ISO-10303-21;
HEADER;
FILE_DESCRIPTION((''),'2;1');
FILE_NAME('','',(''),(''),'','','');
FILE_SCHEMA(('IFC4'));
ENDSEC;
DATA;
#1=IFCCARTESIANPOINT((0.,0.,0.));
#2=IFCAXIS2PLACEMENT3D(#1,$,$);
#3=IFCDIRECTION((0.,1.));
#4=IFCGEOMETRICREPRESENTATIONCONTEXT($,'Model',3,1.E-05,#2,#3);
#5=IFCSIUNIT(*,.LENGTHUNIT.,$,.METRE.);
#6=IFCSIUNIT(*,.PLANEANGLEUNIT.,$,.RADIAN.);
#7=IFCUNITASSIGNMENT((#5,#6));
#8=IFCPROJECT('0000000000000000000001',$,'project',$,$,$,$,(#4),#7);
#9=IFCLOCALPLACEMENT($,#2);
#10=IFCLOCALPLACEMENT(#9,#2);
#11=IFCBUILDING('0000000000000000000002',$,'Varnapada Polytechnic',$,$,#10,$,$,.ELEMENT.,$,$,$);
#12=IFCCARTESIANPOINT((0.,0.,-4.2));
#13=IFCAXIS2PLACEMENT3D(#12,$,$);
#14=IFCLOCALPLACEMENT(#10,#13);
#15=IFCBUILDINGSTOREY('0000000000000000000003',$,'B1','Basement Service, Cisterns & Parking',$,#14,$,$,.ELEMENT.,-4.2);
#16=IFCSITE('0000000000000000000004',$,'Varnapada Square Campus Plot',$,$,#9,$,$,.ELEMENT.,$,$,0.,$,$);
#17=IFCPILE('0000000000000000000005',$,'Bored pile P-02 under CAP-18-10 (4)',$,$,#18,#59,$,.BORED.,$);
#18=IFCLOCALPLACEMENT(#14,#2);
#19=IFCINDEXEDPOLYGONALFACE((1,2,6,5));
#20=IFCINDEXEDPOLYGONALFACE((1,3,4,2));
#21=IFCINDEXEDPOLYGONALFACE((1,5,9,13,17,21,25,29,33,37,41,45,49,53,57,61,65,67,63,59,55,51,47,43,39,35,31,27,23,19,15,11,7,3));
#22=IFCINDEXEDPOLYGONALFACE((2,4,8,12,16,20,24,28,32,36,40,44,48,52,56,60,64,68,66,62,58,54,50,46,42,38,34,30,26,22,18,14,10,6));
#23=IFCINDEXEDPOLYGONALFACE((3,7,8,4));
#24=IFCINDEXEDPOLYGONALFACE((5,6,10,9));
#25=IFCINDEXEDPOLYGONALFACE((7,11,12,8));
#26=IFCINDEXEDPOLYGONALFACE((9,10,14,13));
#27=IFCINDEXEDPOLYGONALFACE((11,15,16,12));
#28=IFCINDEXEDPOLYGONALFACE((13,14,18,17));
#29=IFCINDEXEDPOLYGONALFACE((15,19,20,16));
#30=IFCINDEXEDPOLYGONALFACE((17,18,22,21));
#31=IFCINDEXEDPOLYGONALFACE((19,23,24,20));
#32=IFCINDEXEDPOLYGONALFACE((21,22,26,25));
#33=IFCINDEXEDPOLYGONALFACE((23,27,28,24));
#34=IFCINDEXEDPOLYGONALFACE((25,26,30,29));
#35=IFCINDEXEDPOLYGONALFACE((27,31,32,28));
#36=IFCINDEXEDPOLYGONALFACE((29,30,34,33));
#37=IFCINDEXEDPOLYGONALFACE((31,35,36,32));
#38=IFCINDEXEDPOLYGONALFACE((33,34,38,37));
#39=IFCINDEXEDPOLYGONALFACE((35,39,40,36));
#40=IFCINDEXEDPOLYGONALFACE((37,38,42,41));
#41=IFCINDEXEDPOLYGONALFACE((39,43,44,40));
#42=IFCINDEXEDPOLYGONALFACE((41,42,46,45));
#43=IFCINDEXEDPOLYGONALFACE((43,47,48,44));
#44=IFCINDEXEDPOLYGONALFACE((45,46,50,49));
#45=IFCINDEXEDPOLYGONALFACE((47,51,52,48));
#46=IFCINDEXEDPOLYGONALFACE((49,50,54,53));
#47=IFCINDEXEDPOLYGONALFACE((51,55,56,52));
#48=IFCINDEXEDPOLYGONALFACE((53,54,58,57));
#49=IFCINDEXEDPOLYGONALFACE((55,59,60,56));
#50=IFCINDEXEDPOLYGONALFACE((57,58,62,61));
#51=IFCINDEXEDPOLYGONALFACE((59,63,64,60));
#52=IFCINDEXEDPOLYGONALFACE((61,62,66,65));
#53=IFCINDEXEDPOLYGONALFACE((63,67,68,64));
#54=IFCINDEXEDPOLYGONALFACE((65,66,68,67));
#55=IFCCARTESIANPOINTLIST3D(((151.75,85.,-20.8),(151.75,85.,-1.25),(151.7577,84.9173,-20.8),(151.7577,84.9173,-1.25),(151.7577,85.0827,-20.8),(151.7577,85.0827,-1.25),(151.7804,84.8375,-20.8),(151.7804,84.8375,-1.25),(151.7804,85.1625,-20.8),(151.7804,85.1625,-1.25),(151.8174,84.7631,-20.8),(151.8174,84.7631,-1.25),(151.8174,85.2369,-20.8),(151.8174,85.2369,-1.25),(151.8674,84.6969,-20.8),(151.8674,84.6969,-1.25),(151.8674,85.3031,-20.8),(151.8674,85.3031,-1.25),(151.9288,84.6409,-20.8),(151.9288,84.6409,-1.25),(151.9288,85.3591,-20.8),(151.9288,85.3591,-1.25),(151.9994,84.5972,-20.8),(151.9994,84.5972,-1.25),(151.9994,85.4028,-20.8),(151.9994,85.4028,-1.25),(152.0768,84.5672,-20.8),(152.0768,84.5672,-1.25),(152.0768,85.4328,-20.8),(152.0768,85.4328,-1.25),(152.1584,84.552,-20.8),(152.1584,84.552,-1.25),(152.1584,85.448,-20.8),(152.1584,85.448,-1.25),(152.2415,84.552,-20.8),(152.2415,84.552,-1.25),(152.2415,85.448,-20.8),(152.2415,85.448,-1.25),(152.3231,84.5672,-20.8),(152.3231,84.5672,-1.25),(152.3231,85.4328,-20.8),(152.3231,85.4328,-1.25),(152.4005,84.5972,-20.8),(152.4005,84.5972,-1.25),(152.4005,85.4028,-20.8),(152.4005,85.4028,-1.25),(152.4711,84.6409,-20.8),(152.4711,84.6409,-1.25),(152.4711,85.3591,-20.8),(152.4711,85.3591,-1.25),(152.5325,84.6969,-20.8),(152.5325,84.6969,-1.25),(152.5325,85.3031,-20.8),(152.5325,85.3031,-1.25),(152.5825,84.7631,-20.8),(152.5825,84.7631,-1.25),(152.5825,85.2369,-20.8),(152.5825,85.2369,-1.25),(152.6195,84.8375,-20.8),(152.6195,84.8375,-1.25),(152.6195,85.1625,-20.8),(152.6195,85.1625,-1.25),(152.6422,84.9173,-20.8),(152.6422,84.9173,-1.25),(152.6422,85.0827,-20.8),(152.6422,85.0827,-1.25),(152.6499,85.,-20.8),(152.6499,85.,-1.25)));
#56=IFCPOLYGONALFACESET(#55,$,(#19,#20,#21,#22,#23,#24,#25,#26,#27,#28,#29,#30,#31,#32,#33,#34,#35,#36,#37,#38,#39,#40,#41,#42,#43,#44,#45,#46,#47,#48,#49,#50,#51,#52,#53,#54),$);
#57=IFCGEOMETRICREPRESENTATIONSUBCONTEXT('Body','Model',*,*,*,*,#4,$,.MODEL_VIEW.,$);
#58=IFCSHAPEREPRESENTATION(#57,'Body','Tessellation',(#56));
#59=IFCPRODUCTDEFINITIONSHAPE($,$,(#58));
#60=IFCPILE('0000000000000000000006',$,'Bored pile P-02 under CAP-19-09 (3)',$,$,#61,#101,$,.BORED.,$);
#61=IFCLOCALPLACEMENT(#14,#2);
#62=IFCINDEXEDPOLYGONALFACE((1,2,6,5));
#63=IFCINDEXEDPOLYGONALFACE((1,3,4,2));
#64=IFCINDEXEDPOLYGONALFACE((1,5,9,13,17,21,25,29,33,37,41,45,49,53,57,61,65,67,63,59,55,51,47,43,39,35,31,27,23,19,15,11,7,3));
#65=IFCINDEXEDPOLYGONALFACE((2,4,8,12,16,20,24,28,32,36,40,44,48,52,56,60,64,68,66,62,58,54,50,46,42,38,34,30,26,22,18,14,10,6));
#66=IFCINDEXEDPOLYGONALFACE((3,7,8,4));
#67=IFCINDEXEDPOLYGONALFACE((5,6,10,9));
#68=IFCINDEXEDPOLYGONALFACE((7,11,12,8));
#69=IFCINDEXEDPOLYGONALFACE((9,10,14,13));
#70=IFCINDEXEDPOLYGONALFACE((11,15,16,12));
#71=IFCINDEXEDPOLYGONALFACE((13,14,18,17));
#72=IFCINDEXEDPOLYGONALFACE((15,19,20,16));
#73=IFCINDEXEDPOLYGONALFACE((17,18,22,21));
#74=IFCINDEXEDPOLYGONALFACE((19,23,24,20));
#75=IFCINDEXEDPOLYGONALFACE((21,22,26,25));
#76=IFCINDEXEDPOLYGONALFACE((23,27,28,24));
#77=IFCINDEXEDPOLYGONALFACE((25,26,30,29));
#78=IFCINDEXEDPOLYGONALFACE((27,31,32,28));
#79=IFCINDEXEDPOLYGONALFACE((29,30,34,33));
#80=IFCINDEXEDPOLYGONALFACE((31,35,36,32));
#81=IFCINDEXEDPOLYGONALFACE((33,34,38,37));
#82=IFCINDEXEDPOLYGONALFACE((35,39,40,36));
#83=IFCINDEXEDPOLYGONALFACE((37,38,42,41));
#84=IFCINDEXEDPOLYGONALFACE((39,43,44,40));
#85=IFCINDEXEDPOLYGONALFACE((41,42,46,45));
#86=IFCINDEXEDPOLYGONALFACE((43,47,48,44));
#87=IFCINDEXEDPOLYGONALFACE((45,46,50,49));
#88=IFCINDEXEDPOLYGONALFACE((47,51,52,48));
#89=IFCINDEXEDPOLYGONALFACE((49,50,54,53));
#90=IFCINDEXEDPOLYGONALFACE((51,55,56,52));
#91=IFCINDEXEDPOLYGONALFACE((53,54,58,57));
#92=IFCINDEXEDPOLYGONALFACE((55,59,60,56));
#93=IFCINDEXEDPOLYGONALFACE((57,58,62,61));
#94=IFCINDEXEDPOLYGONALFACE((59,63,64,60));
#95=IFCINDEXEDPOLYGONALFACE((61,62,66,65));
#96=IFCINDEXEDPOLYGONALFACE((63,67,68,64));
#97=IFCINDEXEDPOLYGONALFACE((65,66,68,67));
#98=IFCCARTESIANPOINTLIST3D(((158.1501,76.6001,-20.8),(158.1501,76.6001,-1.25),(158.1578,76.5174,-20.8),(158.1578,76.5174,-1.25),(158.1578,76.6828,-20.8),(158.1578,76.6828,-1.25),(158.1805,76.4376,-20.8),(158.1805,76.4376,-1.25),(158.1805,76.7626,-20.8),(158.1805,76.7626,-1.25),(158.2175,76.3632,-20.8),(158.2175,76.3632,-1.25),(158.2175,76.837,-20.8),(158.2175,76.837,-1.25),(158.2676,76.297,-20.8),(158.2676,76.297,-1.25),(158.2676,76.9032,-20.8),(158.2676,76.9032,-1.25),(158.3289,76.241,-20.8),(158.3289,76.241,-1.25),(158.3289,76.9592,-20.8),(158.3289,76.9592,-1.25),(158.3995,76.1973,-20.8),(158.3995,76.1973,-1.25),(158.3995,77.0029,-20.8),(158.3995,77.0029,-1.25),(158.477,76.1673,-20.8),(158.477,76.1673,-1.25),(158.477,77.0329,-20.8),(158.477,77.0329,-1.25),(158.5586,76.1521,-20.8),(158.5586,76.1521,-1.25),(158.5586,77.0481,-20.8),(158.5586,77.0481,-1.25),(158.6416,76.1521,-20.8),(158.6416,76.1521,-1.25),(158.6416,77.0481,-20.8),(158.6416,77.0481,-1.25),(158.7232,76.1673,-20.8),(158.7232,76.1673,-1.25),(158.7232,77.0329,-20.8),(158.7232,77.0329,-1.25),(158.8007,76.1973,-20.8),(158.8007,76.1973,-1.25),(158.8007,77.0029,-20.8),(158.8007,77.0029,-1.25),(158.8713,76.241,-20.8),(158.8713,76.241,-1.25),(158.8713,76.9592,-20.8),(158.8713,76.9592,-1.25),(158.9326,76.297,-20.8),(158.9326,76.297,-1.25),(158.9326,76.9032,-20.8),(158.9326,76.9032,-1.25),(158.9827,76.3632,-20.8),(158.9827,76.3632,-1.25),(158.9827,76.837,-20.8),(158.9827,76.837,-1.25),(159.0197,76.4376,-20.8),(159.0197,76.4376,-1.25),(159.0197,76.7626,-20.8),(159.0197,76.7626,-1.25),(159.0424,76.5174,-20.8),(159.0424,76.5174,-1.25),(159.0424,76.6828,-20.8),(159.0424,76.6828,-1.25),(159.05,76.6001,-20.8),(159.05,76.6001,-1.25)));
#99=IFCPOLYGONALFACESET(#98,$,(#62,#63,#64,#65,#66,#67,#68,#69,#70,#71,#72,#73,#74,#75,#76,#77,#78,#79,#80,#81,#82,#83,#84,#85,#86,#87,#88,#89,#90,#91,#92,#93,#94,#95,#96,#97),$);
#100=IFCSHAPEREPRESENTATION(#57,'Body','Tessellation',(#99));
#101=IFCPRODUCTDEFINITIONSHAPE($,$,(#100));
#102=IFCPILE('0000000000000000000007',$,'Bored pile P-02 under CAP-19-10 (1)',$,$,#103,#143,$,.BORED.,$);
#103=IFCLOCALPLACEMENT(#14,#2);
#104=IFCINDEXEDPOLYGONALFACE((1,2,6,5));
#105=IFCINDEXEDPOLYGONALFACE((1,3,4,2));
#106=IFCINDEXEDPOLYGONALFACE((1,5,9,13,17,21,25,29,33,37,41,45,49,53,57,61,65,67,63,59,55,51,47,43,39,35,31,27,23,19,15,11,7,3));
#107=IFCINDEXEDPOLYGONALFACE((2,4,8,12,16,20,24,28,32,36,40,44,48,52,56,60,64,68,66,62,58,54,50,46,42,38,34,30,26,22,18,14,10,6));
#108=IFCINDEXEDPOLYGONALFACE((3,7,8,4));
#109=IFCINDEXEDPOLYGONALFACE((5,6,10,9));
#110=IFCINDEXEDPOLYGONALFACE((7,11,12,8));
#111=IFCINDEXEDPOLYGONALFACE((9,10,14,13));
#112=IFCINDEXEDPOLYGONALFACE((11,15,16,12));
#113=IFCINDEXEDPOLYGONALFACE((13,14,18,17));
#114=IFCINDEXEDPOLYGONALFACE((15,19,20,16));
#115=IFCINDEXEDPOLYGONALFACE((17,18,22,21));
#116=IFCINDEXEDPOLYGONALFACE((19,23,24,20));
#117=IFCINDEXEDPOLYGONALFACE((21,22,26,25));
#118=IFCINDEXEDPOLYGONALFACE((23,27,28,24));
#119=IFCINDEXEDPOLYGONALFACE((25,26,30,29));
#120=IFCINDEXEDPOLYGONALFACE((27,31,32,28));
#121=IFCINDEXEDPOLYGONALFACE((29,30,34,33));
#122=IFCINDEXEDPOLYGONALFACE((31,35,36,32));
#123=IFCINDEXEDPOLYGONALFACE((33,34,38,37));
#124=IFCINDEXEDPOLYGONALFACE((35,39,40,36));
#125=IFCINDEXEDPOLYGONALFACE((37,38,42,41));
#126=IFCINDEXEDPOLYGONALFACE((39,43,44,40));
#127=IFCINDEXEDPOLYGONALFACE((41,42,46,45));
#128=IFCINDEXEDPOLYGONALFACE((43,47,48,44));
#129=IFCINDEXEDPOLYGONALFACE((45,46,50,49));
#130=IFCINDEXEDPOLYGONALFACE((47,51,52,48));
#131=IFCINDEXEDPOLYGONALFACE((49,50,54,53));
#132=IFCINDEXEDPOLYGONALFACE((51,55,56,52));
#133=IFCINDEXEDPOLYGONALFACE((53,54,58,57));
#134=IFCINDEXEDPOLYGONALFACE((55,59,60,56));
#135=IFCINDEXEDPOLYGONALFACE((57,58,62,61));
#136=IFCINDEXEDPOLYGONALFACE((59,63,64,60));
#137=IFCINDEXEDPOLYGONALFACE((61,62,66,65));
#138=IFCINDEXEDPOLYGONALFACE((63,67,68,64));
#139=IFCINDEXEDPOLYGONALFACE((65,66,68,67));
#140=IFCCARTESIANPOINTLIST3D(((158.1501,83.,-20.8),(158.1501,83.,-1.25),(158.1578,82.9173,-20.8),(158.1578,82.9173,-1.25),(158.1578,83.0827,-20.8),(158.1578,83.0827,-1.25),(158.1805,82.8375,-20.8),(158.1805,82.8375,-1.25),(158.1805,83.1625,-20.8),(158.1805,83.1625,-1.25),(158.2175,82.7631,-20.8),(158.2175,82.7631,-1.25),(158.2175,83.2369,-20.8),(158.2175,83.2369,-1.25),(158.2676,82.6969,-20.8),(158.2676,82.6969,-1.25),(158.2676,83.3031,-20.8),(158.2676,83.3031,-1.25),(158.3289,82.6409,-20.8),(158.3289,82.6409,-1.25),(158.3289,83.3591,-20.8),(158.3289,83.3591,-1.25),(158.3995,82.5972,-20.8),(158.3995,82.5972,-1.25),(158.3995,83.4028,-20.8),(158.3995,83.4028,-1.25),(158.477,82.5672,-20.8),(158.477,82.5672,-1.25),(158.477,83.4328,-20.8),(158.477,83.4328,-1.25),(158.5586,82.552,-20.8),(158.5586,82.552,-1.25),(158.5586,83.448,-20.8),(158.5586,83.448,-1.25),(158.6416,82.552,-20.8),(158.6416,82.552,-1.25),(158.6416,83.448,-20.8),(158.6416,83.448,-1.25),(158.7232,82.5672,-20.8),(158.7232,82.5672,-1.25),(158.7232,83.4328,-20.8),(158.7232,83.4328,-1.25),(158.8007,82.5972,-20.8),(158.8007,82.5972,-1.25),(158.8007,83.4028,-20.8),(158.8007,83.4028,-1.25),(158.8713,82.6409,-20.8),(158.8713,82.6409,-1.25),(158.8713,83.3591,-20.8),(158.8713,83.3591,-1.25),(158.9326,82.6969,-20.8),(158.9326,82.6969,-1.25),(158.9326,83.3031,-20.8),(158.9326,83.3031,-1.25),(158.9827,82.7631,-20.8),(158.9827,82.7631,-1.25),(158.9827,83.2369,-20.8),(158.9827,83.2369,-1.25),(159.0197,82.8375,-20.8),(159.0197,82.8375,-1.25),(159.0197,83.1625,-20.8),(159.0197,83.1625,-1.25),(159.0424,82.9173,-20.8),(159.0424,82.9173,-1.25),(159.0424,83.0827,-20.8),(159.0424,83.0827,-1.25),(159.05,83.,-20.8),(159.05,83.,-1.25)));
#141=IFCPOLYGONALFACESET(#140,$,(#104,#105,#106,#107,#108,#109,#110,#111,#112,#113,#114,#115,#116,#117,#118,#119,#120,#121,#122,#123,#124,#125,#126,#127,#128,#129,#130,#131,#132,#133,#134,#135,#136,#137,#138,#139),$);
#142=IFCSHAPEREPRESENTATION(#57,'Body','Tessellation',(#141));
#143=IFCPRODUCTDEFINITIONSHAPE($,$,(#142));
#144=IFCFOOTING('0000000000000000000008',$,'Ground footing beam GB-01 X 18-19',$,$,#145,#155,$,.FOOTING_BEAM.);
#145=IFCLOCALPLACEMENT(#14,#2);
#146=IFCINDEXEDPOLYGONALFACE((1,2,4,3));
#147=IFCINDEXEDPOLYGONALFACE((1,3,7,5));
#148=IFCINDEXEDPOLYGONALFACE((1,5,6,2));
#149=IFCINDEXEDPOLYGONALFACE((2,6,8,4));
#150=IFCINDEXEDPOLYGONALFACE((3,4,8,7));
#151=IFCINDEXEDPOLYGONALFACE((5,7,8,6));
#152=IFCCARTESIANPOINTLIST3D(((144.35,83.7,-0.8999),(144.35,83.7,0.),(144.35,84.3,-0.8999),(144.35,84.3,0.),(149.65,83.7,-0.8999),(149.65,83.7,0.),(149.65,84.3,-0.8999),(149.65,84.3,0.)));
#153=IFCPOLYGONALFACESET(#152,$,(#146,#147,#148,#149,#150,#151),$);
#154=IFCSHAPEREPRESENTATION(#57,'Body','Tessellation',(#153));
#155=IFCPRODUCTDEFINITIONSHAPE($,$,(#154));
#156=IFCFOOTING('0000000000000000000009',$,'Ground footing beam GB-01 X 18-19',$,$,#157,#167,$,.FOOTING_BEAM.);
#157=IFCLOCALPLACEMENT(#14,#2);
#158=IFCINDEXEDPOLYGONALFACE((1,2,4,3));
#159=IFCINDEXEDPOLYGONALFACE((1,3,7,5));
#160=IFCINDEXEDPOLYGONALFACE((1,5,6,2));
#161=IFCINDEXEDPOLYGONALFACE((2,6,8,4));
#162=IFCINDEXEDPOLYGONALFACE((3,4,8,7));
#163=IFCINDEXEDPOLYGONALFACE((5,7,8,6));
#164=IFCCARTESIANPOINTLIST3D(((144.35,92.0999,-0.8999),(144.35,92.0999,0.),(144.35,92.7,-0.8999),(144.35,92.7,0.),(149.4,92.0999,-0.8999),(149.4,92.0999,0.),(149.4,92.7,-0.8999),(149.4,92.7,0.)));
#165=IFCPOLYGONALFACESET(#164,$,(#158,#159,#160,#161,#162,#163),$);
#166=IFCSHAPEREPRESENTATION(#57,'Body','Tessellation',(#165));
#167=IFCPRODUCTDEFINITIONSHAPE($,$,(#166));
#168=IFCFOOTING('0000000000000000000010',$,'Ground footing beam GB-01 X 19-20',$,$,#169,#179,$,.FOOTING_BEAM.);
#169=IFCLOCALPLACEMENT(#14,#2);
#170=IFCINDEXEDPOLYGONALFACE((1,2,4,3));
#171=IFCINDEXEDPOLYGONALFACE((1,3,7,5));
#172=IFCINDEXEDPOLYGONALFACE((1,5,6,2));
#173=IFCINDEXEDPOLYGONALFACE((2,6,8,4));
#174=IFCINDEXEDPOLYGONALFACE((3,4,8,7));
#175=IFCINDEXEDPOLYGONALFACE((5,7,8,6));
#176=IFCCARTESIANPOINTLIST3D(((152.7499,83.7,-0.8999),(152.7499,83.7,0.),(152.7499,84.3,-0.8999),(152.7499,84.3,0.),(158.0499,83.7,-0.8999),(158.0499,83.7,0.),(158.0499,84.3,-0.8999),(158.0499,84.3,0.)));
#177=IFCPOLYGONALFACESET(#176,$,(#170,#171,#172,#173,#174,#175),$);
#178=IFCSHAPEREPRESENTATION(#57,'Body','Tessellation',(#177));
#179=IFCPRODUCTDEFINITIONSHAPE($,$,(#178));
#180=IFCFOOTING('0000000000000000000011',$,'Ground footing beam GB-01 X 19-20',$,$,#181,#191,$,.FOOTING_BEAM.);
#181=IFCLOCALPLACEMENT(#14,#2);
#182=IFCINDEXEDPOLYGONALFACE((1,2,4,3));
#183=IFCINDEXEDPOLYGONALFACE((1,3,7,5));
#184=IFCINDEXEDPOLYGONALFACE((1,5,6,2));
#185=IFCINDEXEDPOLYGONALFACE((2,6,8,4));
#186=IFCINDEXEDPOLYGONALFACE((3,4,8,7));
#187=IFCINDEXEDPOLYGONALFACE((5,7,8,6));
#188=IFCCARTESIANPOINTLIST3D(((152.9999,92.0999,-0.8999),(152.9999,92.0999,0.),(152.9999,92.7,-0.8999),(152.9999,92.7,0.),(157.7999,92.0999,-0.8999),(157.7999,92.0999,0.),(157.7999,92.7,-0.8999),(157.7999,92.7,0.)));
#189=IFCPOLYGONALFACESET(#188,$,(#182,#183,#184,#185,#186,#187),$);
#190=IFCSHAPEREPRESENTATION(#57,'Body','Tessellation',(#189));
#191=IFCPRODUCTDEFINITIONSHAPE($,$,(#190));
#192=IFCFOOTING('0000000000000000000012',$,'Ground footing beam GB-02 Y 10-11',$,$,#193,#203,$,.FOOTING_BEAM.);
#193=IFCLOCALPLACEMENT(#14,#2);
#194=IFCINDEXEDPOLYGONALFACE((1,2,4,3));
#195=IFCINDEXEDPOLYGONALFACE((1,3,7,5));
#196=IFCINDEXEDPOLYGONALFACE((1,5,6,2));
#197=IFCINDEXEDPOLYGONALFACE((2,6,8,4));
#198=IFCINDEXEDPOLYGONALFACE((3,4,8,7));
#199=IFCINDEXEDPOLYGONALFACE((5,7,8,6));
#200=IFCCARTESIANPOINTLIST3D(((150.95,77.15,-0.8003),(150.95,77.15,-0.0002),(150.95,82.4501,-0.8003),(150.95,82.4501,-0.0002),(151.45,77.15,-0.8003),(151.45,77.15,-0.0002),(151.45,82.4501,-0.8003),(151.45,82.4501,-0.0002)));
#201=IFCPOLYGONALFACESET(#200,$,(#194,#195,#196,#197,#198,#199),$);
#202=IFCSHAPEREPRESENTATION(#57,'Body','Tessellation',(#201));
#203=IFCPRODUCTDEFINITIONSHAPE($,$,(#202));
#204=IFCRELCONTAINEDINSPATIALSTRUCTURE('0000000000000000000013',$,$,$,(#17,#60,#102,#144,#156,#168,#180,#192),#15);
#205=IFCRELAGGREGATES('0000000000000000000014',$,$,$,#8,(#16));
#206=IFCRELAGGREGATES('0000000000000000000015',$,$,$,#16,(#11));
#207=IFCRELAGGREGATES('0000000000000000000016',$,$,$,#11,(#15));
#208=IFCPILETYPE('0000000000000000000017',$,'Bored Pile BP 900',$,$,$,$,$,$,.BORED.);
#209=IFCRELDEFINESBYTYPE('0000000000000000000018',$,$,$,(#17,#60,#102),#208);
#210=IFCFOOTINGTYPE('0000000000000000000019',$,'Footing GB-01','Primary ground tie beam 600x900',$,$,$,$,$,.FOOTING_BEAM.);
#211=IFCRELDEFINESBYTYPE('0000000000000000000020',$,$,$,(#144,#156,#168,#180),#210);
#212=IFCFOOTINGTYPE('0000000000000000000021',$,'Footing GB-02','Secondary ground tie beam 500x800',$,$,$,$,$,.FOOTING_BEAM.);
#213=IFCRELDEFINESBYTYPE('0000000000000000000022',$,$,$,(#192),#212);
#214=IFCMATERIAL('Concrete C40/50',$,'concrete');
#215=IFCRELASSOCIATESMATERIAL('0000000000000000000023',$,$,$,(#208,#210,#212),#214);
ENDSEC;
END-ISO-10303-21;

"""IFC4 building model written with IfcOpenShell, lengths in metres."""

from ifc_helpers import new_model, si_unit, direction, frame, origin, origin_2d, place, context, subcontext, project, spatial, rectangle, circle, extrude, material, material_profile, profile_set, type_object, element, save


model = new_model("IFC4")

# Units and contexts
model_context = context("Model", 3, precision=1e-05, world=origin(), true_north=direction((0.0, 1.0)))
body_context = subcontext(model_context, "Body", "Model", "MODEL_VIEW")
ifc_project = project(units=[si_unit("LENGTHUNIT", "METRE"), si_unit("PLANEANGLEUNIT", "RADIAN")], contexts=[model_context])

# Site, building, storey
site_placement = place(None, origin())
site = spatial("IfcSite", under=ifc_project, at=site_placement, Name="Varnapada Square Campus Plot", CompositionType="ELEMENT", RefElevation=0.0)
building_placement = place(site_placement, origin())
building = spatial("IfcBuilding", under=site, at=building_placement, Name="Varnapada Polytechnic", CompositionType="ELEMENT")
storey_placement = place(building_placement, frame((0.0, 0.0, -4.2)))
storey = spatial("IfcBuildingStorey", under=building, at=storey_placement, Name="B1", Description="Basement Service, Cisterns & Parking", CompositionType="ELEMENT", Elevation=-4.2)

# Piles
ifc_material_1 = material(Name="Concrete C40/50", Category="concrete")
ifc_material_profile_1 = material_profile(ifc_material_1, circle(Radius=0.45, at=origin_2d()), Name="BP 900")
ifc_profile_set_1 = profile_set([ifc_material_profile_1], Name="Concrete C40/50")
pile_type_1 = type_object("IfcPileType", Name="Bored Pile BP 900", PredefinedType="BORED", material=ifc_profile_set_1)
for number, where, z_axis, x_axis, name in (
    (1, (152.2, 85.0, -1.25), (0.0, 0.0, -1.0), (1.0, 0.0, 0.0), "Bored pile P-02 under CAP-18-10 (4)"),
    (2, (158.6001, 76.6001, -1.25), (0.0, 0.0, -1.0), (1.0, 0.0, 0.0), "Bored pile P-02 under CAP-19-09 (3)"),
    (3, (158.6001, 83.0, -1.25), (0.0, 0.0, -1.0), (1.0, 0.0, 0.0), "Bored pile P-02 under CAP-19-10 (1)"),
):
    element("IfcPile", number, at=place(storey_placement, frame(where, z_axis=z_axis, x_axis=x_axis)), inside=storey, type_object=pile_type_1, Name=name, PredefinedType="BORED", context=body_context, shape_type="SweptSolid", body=[
        extrude(circle(Radius=0.45, at=origin_2d()), origin(), (0.0, 0.0, 1.0), 19.55),
    ])

# Footings
footing_type_1 = type_object("IfcFootingType", Name="Footing GB-01", Description="Primary ground tie beam 600x900", PredefinedType="FOOTING_BEAM", material=ifc_material_1)
footing_1_placement = place(storey_placement, frame((147.0, 84.0, -0.8999), z_axis=(0.0, 0.0, 1.0), x_axis=(1.0, 0.0, 0.0)))
element("IfcFooting", 4, at=footing_1_placement, inside=storey, type_object=footing_type_1, Name="Ground footing beam GB-01 X 18-19", PredefinedType="FOOTING_BEAM", context=body_context, shape_type="SweptSolid", body=[
    extrude(rectangle(XDim=5.3, YDim=0.6001, at=origin_2d()), origin(), (0.0, 0.0, 1.0), 0.8999),
])
footing_2_placement = place(storey_placement, frame((146.875, 92.3999, -0.8999), z_axis=(0.0, 0.0, 1.0), x_axis=(1.0, 0.0, 0.0)))
element("IfcFooting", 5, at=footing_2_placement, inside=storey, type_object=footing_type_1, Name="Ground footing beam GB-01 X 18-19", PredefinedType="FOOTING_BEAM", context=body_context, shape_type="SweptSolid", body=[
    extrude(rectangle(XDim=5.05, YDim=0.6001, at=origin_2d()), origin(), (0.0, 0.0, 1.0), 0.8999),
])
footing_3_placement = place(storey_placement, frame((155.3999, 84.0, -0.8999), z_axis=(0.0, 0.0, 1.0), x_axis=(1.0, 0.0, 0.0)))
element("IfcFooting", 6, at=footing_3_placement, inside=storey, type_object=footing_type_1, Name="Ground footing beam GB-01 X 19-20", PredefinedType="FOOTING_BEAM", context=body_context, shape_type="SweptSolid", body=[
    extrude(rectangle(XDim=5.3, YDim=0.6001, at=origin_2d()), origin(), (0.0, 0.0, 1.0), 0.8999),
])
footing_4_placement = place(storey_placement, frame((155.3999, 92.3999, -0.8999), z_axis=(0.0, 0.0, 1.0), x_axis=(1.0, 0.0, 0.0)))
element("IfcFooting", 7, at=footing_4_placement, inside=storey, type_object=footing_type_1, Name="Ground footing beam GB-01 X 19-20", PredefinedType="FOOTING_BEAM", context=body_context, shape_type="SweptSolid", body=[
    extrude(rectangle(XDim=4.8, YDim=0.6001, at=origin_2d()), origin(), (0.0, 0.0, 1.0), 0.8999),
])
footing_type_2 = type_object("IfcFootingType", Name="Footing GB-02", Description="Secondary ground tie beam 500x800", PredefinedType="FOOTING_BEAM", material=ifc_material_1)
footing_5_placement = place(storey_placement, frame((151.2, 79.8, -0.8003), z_axis=(0.0, 0.0, 1.0), x_axis=(0.0, 1.0, 0.0)))
element("IfcFooting", 8, at=footing_5_placement, inside=storey, type_object=footing_type_2, Name="Ground footing beam GB-02 Y 10-11", PredefinedType="FOOTING_BEAM", context=body_context, shape_type="SweptSolid", body=[
    extrude(rectangle(XDim=5.3, YDim=0.5, at=origin_2d()), origin(), (0.0, 0.0, 1.0), 0.8),
])

save(model, "model.ifc")
